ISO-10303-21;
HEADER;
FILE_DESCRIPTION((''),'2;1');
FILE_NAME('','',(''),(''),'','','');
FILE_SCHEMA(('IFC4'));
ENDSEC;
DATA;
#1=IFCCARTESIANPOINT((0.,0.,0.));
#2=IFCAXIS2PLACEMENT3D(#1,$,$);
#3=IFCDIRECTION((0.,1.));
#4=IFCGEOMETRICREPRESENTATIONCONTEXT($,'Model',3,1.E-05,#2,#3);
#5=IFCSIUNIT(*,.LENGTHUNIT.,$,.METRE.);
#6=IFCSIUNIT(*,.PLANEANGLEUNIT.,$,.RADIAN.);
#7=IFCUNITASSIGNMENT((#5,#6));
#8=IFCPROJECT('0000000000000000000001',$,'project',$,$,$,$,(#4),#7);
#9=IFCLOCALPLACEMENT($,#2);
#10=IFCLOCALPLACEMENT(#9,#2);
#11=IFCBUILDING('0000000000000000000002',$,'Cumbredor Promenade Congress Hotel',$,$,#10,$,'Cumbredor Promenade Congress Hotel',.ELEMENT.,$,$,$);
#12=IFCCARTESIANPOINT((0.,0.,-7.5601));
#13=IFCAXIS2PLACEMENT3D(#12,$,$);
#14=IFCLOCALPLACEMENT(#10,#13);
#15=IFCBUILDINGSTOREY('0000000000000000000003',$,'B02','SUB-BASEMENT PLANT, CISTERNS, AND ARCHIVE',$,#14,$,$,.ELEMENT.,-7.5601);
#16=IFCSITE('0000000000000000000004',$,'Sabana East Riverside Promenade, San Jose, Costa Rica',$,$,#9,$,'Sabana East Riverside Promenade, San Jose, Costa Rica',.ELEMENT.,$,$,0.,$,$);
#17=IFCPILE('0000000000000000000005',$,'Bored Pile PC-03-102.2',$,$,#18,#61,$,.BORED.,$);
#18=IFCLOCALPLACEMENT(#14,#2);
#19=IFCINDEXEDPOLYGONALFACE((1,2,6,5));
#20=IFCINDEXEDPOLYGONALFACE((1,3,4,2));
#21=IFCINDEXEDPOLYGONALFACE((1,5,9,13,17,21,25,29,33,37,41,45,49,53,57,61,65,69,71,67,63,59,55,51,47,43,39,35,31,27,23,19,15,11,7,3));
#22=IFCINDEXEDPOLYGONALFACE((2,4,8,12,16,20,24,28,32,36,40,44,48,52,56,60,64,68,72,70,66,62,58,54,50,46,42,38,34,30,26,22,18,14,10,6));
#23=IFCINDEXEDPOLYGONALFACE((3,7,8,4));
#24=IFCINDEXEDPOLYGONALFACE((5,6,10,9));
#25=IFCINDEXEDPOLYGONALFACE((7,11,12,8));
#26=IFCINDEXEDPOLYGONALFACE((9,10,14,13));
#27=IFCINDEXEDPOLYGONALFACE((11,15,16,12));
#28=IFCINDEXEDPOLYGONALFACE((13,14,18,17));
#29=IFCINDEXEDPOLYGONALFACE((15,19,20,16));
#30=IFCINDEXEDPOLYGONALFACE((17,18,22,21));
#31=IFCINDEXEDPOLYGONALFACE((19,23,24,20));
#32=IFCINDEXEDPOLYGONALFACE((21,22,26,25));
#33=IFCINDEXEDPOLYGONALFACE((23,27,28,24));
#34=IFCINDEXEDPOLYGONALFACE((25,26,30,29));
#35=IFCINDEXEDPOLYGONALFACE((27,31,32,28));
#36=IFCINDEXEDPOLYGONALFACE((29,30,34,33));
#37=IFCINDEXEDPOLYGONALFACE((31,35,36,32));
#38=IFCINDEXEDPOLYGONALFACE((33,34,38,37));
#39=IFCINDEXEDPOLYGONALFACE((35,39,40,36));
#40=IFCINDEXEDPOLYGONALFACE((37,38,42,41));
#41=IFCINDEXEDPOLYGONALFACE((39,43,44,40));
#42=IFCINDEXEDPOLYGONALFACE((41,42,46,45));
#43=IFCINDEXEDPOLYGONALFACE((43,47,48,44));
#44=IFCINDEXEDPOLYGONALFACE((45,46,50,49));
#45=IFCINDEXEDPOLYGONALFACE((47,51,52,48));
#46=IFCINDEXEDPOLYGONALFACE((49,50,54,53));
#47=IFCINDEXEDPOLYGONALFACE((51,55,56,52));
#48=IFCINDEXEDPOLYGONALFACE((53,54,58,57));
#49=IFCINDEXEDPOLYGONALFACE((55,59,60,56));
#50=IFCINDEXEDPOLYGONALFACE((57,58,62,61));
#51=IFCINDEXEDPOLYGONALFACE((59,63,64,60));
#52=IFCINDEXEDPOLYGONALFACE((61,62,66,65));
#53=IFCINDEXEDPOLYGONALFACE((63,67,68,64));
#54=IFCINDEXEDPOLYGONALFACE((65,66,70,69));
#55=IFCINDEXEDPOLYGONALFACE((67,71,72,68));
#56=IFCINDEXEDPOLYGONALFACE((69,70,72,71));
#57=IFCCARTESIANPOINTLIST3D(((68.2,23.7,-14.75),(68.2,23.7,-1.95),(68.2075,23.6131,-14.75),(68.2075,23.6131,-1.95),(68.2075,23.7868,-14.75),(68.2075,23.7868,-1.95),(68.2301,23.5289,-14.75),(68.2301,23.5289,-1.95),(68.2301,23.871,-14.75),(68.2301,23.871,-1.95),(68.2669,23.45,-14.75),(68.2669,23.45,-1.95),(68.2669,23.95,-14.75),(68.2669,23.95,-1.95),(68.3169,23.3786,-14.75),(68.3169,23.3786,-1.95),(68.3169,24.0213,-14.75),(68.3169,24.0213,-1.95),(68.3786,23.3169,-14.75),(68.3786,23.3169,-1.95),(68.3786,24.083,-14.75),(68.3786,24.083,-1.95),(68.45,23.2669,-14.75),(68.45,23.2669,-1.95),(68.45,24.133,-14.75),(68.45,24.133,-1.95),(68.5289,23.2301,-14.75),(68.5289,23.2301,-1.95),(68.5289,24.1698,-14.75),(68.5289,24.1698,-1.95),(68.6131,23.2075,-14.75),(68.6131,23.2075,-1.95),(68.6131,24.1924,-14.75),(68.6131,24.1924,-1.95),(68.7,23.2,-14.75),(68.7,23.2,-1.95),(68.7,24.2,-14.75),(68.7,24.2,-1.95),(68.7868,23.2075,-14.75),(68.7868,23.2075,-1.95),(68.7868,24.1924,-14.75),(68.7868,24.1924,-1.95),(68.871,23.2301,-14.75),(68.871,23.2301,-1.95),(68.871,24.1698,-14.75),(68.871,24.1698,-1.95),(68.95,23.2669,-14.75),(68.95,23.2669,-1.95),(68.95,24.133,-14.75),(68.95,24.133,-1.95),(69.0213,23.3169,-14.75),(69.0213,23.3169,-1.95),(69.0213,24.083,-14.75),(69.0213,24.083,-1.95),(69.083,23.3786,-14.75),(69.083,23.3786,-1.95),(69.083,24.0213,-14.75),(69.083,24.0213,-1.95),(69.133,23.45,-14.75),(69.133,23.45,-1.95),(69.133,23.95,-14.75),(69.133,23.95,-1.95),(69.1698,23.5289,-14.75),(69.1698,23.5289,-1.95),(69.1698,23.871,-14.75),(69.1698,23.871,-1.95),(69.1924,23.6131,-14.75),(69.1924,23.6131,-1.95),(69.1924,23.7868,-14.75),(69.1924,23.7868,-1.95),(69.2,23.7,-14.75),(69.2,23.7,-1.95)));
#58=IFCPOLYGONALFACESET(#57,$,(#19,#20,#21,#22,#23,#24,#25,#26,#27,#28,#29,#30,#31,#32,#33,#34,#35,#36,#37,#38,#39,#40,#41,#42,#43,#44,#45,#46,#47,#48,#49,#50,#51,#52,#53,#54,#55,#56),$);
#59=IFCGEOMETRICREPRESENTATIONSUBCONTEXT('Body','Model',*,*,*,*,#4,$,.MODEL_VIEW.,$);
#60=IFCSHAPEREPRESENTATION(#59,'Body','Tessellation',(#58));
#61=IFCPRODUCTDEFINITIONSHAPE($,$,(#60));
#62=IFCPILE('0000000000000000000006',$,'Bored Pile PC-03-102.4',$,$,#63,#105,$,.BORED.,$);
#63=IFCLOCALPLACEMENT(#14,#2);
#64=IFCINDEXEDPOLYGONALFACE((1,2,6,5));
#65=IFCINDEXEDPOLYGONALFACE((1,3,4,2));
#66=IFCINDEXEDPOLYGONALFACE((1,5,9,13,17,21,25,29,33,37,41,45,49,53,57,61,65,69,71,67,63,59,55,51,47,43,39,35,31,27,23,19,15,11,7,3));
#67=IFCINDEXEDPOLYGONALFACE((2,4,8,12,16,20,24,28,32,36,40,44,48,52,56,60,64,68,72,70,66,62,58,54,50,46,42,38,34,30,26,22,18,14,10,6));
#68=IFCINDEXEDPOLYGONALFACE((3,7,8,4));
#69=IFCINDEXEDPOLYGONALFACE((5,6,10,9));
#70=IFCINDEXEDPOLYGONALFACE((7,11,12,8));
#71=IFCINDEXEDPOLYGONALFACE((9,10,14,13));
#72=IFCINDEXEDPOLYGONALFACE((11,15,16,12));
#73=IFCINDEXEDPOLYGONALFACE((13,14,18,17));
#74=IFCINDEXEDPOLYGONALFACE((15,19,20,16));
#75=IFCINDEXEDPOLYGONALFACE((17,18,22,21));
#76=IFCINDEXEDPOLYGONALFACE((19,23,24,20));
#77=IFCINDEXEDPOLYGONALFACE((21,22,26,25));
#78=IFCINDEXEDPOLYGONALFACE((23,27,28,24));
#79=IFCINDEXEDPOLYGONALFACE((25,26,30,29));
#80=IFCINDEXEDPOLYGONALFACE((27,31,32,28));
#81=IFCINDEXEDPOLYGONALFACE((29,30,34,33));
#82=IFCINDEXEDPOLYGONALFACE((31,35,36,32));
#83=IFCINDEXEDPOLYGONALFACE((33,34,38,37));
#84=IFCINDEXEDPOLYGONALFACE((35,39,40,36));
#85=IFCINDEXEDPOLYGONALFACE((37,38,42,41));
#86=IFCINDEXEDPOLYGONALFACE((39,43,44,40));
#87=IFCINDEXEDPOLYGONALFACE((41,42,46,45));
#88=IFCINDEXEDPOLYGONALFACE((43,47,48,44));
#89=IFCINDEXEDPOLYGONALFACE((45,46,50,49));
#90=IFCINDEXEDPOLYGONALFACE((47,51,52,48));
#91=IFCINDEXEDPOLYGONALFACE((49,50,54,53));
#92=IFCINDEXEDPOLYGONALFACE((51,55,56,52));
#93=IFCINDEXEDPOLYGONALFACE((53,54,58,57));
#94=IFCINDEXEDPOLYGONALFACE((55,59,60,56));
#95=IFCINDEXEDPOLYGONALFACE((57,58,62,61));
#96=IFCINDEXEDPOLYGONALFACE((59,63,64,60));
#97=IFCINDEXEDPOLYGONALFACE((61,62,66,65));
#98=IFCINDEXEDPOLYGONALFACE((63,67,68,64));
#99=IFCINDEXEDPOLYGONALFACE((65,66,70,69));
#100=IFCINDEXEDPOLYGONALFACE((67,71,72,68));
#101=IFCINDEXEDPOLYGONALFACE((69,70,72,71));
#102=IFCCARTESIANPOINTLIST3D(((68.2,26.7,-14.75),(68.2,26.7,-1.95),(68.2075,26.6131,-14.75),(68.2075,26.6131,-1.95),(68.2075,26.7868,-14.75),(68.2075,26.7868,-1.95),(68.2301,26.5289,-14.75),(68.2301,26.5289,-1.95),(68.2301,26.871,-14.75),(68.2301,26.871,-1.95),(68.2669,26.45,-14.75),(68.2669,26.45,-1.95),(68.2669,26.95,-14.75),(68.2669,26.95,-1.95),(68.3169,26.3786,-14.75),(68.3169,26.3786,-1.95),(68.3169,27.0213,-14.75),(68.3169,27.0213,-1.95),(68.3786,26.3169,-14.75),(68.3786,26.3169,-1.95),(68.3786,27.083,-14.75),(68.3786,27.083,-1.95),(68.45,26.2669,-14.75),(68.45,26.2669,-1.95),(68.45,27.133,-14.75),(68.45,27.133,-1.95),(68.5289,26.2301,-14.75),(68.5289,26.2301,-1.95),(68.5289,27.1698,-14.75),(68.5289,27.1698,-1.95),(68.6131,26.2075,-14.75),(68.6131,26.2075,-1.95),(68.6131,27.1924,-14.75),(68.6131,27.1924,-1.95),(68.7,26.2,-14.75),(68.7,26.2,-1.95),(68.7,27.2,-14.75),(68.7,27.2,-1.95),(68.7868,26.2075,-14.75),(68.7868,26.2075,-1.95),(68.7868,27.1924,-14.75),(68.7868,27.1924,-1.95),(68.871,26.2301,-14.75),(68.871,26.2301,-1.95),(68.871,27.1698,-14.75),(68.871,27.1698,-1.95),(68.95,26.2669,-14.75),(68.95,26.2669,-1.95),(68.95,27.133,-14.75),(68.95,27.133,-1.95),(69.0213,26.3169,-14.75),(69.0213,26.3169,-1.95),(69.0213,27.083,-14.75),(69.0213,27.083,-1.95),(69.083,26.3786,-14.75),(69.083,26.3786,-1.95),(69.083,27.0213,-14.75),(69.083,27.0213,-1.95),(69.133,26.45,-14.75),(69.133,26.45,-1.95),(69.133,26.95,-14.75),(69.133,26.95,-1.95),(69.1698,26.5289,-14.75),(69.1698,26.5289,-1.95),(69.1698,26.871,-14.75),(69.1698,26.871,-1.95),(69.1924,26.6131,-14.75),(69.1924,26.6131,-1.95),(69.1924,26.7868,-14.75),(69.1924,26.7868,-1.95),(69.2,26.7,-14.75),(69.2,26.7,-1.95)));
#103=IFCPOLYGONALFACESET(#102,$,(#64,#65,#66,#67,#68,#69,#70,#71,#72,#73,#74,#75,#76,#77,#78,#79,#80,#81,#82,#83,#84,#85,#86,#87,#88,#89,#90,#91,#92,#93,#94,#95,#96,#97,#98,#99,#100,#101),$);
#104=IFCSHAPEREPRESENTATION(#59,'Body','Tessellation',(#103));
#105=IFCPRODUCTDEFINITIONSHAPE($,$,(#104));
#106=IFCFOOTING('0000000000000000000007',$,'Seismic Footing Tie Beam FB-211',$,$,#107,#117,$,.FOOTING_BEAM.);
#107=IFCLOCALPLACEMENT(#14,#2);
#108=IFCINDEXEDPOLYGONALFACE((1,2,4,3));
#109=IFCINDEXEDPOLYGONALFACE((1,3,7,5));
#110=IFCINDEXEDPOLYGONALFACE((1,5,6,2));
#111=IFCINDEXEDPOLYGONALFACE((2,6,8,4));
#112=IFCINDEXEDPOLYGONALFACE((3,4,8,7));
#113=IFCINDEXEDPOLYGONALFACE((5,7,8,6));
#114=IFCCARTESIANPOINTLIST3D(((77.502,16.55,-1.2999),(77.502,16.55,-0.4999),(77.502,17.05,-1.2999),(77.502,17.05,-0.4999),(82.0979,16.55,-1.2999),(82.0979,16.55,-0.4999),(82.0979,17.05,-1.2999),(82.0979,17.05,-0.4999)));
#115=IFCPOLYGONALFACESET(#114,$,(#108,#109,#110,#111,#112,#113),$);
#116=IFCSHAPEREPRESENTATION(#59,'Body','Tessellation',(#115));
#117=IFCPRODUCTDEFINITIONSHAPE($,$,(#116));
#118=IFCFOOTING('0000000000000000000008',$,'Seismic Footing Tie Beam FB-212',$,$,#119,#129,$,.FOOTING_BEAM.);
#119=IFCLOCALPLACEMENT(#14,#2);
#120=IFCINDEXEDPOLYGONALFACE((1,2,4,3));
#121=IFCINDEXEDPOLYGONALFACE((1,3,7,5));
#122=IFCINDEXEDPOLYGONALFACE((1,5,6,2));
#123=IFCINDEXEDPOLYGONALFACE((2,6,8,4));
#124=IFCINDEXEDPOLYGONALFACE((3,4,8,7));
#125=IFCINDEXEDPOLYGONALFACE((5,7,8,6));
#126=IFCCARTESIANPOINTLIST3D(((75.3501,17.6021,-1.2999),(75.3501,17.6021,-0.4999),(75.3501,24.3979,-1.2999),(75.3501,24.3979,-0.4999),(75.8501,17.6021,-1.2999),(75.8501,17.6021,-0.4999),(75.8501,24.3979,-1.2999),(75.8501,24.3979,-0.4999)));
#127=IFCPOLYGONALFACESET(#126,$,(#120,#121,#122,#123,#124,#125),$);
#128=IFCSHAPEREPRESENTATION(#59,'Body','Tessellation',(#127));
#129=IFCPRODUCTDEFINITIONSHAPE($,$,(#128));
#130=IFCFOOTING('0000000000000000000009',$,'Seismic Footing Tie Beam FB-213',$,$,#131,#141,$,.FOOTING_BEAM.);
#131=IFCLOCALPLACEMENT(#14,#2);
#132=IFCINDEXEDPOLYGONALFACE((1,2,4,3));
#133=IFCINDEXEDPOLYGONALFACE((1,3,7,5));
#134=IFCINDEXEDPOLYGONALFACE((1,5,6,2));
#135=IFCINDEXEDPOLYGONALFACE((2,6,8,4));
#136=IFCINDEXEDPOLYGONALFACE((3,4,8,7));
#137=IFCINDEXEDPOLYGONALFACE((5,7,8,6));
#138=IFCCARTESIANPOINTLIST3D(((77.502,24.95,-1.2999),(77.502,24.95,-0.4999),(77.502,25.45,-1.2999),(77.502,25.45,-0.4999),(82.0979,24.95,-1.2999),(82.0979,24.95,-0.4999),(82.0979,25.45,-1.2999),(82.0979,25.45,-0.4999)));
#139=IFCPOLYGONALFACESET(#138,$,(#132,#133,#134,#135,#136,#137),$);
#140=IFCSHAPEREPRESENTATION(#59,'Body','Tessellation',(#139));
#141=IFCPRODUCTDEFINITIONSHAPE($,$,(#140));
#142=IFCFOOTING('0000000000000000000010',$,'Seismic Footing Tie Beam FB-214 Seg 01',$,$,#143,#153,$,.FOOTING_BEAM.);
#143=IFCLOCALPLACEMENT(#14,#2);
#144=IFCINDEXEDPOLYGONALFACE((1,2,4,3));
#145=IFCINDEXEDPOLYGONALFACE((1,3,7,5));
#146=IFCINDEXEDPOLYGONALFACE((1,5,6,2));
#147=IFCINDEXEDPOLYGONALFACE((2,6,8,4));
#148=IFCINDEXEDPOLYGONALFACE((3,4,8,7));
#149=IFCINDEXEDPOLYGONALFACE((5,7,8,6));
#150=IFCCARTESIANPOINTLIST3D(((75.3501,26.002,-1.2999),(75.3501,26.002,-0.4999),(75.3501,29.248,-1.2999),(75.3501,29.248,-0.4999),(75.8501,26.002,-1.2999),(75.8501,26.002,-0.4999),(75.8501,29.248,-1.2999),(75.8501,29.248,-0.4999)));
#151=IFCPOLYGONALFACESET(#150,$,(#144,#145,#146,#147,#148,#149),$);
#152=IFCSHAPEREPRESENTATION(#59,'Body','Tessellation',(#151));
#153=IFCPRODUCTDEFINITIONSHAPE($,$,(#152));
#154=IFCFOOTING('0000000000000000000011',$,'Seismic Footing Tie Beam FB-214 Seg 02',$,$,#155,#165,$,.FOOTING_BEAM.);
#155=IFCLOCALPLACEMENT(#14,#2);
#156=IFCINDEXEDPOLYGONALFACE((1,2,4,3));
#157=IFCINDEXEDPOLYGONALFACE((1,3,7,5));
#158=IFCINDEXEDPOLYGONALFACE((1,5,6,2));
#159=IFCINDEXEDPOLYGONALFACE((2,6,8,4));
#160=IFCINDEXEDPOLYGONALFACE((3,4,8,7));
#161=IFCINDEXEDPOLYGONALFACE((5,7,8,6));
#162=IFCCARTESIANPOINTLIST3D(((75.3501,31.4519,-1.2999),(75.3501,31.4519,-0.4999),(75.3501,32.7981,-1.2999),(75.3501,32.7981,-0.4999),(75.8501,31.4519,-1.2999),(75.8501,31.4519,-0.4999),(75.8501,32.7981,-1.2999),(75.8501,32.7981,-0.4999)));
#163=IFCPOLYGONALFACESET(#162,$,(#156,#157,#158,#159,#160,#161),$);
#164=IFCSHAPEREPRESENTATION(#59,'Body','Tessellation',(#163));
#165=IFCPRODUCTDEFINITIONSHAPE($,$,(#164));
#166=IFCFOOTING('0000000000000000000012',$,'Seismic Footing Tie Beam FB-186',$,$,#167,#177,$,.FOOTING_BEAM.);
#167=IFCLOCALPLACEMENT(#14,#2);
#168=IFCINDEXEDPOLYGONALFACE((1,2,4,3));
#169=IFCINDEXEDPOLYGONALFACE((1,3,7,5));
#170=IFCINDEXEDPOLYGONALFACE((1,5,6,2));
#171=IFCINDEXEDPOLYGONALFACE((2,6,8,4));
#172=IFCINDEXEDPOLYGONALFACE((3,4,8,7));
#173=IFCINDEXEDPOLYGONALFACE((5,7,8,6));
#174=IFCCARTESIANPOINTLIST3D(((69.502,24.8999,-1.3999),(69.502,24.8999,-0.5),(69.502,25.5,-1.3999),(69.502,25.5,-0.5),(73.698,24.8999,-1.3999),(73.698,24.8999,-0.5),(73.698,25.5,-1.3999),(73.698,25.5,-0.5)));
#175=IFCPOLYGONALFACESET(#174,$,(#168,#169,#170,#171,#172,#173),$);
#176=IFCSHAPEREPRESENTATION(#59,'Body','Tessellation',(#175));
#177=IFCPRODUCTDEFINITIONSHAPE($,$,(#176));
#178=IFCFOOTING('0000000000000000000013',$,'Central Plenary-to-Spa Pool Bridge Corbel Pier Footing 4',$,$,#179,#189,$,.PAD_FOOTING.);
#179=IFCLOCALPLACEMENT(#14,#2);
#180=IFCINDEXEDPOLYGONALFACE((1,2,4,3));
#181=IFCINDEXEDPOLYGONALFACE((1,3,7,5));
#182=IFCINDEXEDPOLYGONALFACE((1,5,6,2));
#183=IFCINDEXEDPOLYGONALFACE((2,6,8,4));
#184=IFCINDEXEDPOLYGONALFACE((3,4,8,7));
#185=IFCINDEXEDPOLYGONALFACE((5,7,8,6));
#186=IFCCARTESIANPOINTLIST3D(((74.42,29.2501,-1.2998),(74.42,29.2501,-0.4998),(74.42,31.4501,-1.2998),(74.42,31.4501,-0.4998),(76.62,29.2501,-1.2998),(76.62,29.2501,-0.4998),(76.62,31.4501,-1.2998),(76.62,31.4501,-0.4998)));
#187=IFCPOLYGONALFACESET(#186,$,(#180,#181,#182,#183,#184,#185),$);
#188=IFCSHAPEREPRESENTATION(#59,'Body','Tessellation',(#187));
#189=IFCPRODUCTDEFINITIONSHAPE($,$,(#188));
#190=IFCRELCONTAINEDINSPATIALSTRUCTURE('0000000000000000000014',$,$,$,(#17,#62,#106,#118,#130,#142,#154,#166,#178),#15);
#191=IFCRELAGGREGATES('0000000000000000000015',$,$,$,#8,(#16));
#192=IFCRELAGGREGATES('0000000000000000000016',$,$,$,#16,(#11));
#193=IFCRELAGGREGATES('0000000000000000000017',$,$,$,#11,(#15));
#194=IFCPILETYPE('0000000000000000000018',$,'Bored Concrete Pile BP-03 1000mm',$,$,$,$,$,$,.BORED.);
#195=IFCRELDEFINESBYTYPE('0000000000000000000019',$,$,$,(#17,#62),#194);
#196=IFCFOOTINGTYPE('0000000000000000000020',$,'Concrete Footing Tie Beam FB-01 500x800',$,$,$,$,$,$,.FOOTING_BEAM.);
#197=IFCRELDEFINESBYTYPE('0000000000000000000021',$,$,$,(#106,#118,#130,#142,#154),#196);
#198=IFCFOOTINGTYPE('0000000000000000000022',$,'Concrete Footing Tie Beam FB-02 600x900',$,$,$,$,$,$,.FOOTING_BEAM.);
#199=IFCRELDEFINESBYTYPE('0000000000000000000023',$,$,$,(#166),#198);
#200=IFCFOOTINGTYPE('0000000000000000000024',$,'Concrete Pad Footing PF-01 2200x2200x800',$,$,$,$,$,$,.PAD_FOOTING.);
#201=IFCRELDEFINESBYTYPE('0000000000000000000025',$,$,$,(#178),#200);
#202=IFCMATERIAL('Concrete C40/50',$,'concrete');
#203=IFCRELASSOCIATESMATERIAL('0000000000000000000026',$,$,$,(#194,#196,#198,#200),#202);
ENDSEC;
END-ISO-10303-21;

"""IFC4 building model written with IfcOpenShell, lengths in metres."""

from ifc_helpers import new_model, si_unit, direction, frame, origin, origin_2d, place, context, subcontext, project, spatial, rectangle, circle, extrude, material, material_profile, profile_set, type_object, element, save


model = new_model("IFC4")

# Units and contexts
model_context = context("Model", 3, precision=1e-05, world=origin(), true_north=direction((0.0, 1.0)))
body_context = subcontext(model_context, "Body", "Model", "MODEL_VIEW")
ifc_project = project(units=[si_unit("LENGTHUNIT", "METRE"), si_unit("PLANEANGLEUNIT", "RADIAN")], contexts=[model_context])

# Site, building, storey
site_placement = place(None, origin())
site = spatial("IfcSite", under=ifc_project, at=site_placement, Name="Sabana East Riverside Promenade, San Jose, Costa Rica", LongName="Sabana East Riverside Promenade, San Jose, Costa Rica", CompositionType="ELEMENT", RefElevation=0.0)
building_placement = place(site_placement, origin())
building = spatial("IfcBuilding", under=site, at=building_placement, Name="Cumbredor Promenade Congress Hotel", LongName="Cumbredor Promenade Congress Hotel", CompositionType="ELEMENT")
storey_placement = place(building_placement, frame((0.0, 0.0, -7.5601)))
storey = spatial("IfcBuildingStorey", under=building, at=storey_placement, Name="B02", Description="SUB-BASEMENT PLANT, CISTERNS, AND ARCHIVE", CompositionType="ELEMENT", Elevation=-7.5601)

# Piles
ifc_material_1 = material(Name="Concrete C40/50", Category="concrete")
ifc_material_profile_1 = material_profile(ifc_material_1, circle(Radius=0.5, at=origin_2d()), Name="PILE D1000")
ifc_profile_set_1 = profile_set([ifc_material_profile_1], Name="Concrete C40/50")
pile_type_1 = type_object("IfcPileType", Name="Bored Concrete Pile BP-03 1000mm", PredefinedType="BORED", material=ifc_profile_set_1)
for number, where, z_axis, x_axis, name in (
    (1, (68.7, 23.7, -1.95), (0.0, 0.0, -1.0), (1.0, 0.0, 0.0), "Bored Pile PC-03-102.2"),
    (2, (68.7, 26.7, -1.95), (0.0, 0.0, -1.0), (1.0, 0.0, 0.0), "Bored Pile PC-03-102.4"),
):
    element("IfcPile", number, at=place(storey_placement, frame(where, z_axis=z_axis, x_axis=x_axis)), inside=storey, type_object=pile_type_1, Name=name, PredefinedType="BORED", context=body_context, shape_type="SweptSolid", body=[
        extrude(circle(Radius=0.5, at=origin_2d()), origin(), (0.0, 0.0, 1.0), 12.8),
    ])

# Footings
ifc_material_profile_2 = material_profile(ifc_material_1, rectangle(XDim=0.5, YDim=0.8, at=origin_2d()), Name="FB 500x800")
ifc_profile_set_2 = profile_set([ifc_material_profile_2], Name="Concrete C40/50")
footing_type_1 = type_object("IfcFootingType", Name="Concrete Footing Tie Beam FB-01 500x800", PredefinedType="FOOTING_BEAM", material=ifc_profile_set_2)
footing_1_placement = place(storey_placement, frame((77.502, 16.8, -0.8999), z_axis=(1.0, 0.0, 0.0), x_axis=(0.0, 1.0, 0.0)))
element("IfcFooting", 3, at=footing_1_placement, inside=storey, type_object=footing_type_1, Name="Seismic Footing Tie Beam FB-211", PredefinedType="FOOTING_BEAM", context=body_context, shape_type="SweptSolid", body=[
    extrude(rectangle(XDim=0.5, YDim=0.8, at=origin_2d()), origin(), (0.0, 0.0, 1.0), 4.5959),
])
footing_2_placement = place(storey_placement, frame((75.6001, 17.6021, -0.8999), z_axis=(0.0, 1.0, 0.0), x_axis=(-1.0, 0.0, 0.0)))
element("IfcFooting", 4, at=footing_2_placement, inside=storey, type_object=footing_type_1, Name="Seismic Footing Tie Beam FB-212", PredefinedType="FOOTING_BEAM", context=body_context, shape_type="SweptSolid", body=[
    extrude(rectangle(XDim=0.5, YDim=0.8, at=origin_2d()), origin(), (0.0, 0.0, 1.0), 6.7959),
])
footing_3_placement = place(storey_placement, frame((77.502, 25.2, -0.8999), z_axis=(1.0, 0.0, 0.0), x_axis=(0.0, 1.0, 0.0)))
element("IfcFooting", 5, at=footing_3_placement, inside=storey, type_object=footing_type_1, Name="Seismic Footing Tie Beam FB-213", PredefinedType="FOOTING_BEAM", context=body_context, shape_type="SweptSolid", body=[
    extrude(rectangle(XDim=0.5, YDim=0.8, at=origin_2d()), origin(), (0.0, 0.0, 1.0), 4.5959),
])
footing_4_placement = place(storey_placement, frame((75.6001, 26.002, -0.8999), z_axis=(0.0, 1.0, 0.0), x_axis=(-1.0, 0.0, 0.0)))
element("IfcFooting", 6, at=footing_4_placement, inside=storey, type_object=footing_type_1, Name="Seismic Footing Tie Beam FB-214 Seg 01", PredefinedType="FOOTING_BEAM", context=body_context, shape_type="SweptSolid", body=[
    extrude(rectangle(XDim=0.5, YDim=0.8, at=origin_2d()), origin(), (0.0, 0.0, 1.0), 3.2461),
])
footing_5_placement = place(storey_placement, frame((75.6001, 31.4519, -0.8999), z_axis=(0.0, 1.0, 0.0), x_axis=(-1.0, 0.0, 0.0)))
element("IfcFooting", 7, at=footing_5_placement, inside=storey, type_object=footing_type_1, Name="Seismic Footing Tie Beam FB-214 Seg 02", PredefinedType="FOOTING_BEAM", context=body_context, shape_type="SweptSolid", body=[
    extrude(rectangle(XDim=0.5, YDim=0.8, at=origin_2d()), origin(), (0.0, 0.0, 1.0), 1.3462),
])
ifc_material_profile_3 = material_profile(ifc_material_1, rectangle(XDim=0.6001, YDim=0.8999, at=origin_2d()), Name="FB 600x900")
ifc_profile_set_3 = profile_set([ifc_material_profile_3], Name="Concrete C40/50")
footing_type_2 = type_object("IfcFootingType", Name="Concrete Footing Tie Beam FB-02 600x900", PredefinedType="FOOTING_BEAM", material=ifc_profile_set_3)
footing_6_placement = place(storey_placement, frame((69.502, 25.2, -0.95), z_axis=(1.0, 0.0, 0.0), x_axis=(0.0, 1.0, 0.0)))
element("IfcFooting", 8, at=footing_6_placement, inside=storey, type_object=footing_type_2, Name="Seismic Footing Tie Beam FB-186", PredefinedType="FOOTING_BEAM", context=body_context, shape_type="SweptSolid", body=[
    extrude(rectangle(XDim=0.6001, YDim=0.8999, at=origin_2d()), origin(), (0.0, 0.0, 1.0), 4.196),
])
footing_type_3 = type_object("IfcFootingType", Name="Concrete Pad Footing PF-01 2200x2200x800", PredefinedType="PAD_FOOTING", material=ifc_material_1)
footing_7_placement = place(storey_placement, frame((75.52, 30.3501, -1.2998), z_axis=(0.0, 0.0, 1.0), x_axis=(1.0, 0.0, 0.0)))
element("IfcFooting", 9, at=footing_7_placement, inside=storey, type_object=footing_type_3, Name="Central Plenary-to-Spa Pool Bridge Corbel Pier Footing 4", PredefinedType="PAD_FOOTING", context=body_context, shape_type="SweptSolid", body=[
    extrude(rectangle(XDim=2.2, YDim=2.2, at=origin_2d()), origin(), (0.0, 0.0, 1.0), 0.8),
])

save(model, "model.ifc")
